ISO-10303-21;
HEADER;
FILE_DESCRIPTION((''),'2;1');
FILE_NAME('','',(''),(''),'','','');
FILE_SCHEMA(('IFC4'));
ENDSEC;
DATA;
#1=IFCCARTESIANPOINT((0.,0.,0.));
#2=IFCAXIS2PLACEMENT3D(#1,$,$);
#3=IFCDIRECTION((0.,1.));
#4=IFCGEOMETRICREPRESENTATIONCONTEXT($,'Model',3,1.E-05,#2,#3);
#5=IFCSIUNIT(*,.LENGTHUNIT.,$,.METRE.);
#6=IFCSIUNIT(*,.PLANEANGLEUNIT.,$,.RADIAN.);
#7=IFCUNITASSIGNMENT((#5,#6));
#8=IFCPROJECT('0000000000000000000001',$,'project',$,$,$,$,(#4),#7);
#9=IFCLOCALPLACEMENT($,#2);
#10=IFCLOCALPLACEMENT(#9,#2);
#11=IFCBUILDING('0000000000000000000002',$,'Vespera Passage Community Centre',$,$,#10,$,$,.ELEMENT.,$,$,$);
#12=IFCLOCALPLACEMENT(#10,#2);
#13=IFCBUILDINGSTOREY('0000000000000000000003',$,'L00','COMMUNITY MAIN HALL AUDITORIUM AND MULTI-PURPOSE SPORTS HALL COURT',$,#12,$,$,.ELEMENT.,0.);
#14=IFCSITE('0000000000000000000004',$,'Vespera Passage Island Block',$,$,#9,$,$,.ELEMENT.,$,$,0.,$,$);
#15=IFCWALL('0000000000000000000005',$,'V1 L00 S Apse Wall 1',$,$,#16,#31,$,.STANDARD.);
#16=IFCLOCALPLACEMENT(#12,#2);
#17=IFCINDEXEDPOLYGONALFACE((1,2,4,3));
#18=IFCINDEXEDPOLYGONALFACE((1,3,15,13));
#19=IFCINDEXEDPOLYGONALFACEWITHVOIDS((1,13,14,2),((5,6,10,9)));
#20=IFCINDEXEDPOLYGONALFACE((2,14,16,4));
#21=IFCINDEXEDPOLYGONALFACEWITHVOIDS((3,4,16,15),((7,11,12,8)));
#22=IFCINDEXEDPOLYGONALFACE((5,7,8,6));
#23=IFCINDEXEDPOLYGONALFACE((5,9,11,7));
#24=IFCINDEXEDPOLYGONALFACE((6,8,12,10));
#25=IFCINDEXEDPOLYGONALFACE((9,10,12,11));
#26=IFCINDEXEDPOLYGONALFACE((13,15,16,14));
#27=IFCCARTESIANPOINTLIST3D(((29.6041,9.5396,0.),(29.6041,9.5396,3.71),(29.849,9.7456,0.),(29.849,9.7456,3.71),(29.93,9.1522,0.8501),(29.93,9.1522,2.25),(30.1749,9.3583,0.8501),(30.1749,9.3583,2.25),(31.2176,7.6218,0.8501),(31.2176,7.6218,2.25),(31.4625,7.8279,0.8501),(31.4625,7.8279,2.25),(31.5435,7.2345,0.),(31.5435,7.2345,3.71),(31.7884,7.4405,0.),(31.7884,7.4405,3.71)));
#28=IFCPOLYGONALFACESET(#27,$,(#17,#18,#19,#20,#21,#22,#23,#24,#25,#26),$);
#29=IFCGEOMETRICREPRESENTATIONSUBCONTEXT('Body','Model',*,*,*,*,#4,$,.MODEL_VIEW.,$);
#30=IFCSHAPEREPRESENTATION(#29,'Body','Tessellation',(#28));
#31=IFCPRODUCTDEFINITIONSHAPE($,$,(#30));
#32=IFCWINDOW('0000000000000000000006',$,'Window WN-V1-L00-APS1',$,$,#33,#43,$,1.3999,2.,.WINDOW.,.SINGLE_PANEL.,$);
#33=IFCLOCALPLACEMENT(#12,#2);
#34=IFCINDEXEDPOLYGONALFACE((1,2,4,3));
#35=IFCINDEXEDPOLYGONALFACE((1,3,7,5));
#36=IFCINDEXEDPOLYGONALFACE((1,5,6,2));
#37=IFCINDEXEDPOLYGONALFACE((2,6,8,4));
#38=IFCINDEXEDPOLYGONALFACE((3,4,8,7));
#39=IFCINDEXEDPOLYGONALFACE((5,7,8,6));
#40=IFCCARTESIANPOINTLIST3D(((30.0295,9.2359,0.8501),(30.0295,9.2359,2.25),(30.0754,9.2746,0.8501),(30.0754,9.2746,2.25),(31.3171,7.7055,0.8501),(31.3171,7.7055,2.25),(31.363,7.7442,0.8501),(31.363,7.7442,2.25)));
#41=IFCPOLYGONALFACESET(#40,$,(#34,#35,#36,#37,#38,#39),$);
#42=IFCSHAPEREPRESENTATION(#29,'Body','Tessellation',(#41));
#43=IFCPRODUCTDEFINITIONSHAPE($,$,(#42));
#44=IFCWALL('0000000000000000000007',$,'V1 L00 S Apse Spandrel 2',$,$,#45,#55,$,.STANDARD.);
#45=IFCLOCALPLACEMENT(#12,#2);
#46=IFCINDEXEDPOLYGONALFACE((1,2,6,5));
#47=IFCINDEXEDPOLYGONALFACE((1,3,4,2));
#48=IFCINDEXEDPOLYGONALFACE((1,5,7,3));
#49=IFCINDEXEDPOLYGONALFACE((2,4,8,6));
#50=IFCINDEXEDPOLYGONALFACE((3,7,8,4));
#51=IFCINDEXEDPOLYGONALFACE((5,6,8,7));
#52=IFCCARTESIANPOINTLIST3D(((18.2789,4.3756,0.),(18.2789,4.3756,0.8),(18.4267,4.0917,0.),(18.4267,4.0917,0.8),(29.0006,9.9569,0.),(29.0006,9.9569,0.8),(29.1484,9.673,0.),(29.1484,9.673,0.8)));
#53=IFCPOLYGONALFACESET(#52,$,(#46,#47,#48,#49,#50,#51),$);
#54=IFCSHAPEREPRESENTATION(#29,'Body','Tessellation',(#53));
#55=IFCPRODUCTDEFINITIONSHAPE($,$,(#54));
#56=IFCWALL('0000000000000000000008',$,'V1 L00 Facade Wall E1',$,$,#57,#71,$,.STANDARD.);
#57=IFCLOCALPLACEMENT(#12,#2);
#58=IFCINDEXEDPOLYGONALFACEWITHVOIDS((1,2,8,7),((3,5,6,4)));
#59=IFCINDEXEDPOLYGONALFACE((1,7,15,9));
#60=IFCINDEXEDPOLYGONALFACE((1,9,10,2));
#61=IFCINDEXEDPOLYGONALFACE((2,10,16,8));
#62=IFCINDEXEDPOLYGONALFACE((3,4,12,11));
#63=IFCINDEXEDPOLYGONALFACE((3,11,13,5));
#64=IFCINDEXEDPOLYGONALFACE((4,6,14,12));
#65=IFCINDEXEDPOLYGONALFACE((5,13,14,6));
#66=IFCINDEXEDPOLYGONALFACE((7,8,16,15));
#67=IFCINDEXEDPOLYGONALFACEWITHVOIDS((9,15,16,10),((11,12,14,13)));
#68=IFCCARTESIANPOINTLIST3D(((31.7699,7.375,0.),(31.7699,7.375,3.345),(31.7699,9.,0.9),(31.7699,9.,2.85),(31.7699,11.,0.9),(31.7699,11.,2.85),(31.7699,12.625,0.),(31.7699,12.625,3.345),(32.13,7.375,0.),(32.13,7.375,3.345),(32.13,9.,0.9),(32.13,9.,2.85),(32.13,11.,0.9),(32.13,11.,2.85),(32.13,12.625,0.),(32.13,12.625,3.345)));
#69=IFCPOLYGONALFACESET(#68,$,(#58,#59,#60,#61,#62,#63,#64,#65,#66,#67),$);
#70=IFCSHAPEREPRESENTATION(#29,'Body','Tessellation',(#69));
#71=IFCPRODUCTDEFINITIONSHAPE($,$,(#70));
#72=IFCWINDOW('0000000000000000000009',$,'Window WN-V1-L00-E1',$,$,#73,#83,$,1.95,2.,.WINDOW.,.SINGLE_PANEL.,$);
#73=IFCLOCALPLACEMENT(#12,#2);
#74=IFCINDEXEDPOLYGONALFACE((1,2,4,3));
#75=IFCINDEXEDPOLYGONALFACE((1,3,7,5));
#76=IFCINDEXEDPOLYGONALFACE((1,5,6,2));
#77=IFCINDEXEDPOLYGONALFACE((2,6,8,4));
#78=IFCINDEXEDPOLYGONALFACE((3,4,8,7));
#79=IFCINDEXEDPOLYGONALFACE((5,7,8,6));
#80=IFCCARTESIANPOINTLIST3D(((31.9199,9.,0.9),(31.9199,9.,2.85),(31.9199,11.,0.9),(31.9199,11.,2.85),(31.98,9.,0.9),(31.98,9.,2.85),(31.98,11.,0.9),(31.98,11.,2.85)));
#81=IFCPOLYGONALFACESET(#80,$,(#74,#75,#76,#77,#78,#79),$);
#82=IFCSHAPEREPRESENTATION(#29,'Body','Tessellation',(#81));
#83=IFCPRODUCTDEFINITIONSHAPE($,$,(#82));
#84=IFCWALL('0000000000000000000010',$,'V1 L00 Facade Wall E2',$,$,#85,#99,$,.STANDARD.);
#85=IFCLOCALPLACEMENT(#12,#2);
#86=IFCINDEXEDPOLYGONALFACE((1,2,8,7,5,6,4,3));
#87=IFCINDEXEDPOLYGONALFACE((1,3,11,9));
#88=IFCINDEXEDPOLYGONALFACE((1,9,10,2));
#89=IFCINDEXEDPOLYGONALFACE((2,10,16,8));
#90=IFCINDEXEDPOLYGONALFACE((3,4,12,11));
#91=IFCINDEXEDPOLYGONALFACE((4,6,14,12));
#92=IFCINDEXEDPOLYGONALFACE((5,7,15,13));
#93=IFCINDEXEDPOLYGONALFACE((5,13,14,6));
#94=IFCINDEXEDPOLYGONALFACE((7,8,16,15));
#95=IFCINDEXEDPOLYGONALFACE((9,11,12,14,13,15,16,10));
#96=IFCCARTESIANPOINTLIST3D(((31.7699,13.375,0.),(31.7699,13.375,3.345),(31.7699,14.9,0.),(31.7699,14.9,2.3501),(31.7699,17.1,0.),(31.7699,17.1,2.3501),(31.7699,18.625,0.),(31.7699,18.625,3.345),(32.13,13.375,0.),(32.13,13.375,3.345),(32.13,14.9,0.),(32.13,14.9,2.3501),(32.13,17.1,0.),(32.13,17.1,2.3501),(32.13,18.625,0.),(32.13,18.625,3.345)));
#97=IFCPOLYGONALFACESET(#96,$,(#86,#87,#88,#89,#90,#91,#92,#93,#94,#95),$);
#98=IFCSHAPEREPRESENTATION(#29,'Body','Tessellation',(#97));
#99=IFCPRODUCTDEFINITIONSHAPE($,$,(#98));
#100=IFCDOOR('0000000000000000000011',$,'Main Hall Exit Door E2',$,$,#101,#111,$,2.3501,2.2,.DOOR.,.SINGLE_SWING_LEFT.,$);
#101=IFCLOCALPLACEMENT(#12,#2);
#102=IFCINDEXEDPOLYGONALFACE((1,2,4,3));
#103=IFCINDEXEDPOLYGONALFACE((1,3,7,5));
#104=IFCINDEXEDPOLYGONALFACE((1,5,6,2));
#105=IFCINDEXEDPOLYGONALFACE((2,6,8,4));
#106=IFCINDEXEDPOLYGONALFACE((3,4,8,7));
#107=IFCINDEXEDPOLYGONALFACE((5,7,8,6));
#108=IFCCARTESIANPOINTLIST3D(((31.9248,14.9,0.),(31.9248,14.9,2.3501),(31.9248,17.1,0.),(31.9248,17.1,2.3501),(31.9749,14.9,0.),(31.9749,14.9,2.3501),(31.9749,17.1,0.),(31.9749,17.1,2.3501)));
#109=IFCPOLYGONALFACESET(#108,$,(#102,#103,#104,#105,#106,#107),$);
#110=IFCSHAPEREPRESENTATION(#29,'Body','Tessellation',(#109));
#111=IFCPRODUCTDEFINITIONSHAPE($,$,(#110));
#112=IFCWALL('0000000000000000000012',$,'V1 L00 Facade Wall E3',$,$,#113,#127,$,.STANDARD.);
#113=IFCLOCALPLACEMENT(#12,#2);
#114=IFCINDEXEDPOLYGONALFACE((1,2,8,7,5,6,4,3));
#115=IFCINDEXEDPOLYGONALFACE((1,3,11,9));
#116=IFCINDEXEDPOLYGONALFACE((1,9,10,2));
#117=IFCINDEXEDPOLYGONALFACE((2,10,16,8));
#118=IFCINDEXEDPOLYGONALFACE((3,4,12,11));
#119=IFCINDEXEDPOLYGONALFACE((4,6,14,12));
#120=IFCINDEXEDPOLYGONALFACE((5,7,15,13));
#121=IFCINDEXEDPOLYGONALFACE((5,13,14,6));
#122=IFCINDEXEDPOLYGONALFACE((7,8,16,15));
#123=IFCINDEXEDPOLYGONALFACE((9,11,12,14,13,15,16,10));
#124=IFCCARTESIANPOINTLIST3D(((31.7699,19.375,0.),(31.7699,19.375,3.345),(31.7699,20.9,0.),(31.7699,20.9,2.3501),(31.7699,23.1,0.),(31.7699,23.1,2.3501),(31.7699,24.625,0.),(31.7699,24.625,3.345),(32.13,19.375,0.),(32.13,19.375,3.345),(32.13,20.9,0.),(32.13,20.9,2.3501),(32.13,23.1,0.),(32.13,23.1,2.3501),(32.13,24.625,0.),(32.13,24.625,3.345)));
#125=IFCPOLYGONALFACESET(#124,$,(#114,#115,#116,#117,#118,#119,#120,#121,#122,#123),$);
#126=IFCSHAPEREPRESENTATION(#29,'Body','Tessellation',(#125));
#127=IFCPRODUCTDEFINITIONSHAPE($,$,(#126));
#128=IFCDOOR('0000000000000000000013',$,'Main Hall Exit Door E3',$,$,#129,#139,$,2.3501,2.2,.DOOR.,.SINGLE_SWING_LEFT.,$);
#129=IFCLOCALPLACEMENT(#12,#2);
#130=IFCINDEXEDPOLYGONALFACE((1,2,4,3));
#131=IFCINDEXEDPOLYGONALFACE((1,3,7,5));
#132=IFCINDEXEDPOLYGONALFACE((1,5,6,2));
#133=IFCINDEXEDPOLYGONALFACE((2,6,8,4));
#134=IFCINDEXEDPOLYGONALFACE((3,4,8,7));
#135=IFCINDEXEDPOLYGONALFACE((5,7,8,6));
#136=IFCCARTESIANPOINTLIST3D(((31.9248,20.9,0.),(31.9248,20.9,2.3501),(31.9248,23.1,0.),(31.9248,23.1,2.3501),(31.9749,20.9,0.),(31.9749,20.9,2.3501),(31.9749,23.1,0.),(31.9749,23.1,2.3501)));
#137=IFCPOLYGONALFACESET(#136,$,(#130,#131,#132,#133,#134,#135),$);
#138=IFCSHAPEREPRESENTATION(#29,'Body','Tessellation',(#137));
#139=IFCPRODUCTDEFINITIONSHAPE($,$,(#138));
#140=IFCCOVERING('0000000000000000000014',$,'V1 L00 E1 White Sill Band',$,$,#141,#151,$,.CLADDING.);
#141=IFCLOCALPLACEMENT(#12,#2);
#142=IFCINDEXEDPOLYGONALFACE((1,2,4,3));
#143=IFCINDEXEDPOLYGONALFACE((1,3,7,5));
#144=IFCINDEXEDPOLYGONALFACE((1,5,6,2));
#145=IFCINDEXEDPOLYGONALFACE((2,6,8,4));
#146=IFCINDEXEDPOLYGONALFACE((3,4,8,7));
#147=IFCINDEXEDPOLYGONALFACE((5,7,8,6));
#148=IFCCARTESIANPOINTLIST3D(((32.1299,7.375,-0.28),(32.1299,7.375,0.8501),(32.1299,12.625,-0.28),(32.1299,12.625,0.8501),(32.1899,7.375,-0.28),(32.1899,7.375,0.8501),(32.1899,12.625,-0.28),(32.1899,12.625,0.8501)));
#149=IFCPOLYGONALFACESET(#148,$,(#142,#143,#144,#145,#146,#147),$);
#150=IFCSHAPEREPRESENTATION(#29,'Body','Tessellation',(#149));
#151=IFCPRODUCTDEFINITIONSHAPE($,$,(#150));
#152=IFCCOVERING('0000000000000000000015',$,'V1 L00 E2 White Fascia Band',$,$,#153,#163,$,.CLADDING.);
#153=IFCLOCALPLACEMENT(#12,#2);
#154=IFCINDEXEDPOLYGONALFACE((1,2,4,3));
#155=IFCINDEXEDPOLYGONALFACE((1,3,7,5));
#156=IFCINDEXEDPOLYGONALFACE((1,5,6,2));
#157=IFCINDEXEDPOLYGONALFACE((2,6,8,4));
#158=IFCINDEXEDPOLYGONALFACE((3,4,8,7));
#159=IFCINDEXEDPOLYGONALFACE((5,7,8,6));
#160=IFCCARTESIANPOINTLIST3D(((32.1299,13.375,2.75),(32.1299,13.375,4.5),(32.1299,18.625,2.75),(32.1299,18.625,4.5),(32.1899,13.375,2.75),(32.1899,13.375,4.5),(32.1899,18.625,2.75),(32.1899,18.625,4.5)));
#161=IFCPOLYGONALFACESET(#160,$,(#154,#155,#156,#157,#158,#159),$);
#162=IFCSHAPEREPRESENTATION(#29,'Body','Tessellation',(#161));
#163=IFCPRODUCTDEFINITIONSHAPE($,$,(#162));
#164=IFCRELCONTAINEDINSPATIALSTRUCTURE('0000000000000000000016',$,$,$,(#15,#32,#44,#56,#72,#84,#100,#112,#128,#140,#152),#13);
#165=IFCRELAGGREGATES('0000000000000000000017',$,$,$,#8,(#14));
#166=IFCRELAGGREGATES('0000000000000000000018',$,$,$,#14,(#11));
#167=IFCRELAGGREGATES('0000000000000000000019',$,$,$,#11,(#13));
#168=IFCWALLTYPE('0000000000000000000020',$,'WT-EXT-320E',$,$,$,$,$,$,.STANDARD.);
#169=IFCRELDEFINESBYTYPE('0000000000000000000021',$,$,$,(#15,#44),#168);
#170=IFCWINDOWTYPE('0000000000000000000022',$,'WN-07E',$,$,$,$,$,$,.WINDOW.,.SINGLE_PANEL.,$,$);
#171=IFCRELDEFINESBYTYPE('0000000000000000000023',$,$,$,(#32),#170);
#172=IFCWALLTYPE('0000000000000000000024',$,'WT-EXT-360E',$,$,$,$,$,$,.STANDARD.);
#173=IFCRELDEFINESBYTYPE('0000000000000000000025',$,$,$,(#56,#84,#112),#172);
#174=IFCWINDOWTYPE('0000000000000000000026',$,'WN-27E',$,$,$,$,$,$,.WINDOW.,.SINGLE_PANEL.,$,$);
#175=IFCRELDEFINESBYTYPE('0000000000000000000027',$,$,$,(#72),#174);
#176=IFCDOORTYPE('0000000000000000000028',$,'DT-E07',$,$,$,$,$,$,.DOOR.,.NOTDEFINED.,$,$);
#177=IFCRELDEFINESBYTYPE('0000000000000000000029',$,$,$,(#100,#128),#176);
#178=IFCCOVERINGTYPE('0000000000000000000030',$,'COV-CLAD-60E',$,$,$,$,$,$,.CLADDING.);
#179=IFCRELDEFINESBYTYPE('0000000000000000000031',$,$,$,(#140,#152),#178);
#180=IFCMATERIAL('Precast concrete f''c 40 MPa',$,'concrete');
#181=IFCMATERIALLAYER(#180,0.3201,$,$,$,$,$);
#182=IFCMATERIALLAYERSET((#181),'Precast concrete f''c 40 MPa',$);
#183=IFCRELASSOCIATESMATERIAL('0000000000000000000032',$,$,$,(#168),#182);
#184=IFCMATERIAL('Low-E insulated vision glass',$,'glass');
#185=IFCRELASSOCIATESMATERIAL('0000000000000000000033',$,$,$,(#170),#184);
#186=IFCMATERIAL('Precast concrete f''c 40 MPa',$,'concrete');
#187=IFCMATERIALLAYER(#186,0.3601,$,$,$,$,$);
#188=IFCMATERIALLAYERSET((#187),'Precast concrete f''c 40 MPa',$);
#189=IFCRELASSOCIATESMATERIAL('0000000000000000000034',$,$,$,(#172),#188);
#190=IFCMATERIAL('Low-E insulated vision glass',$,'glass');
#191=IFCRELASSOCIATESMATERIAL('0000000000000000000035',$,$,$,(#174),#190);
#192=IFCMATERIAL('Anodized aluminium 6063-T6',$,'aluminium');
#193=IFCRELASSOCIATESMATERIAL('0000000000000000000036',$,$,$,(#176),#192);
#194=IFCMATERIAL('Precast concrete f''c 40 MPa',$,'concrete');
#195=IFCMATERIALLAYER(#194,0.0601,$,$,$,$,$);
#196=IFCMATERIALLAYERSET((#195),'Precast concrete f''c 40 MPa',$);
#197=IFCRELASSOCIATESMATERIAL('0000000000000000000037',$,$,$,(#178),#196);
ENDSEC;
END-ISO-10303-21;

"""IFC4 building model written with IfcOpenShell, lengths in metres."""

from ifc_helpers import new_model, si_unit, direction, frame, frame_2d, origin, place, context, subcontext, project, spatial, rectangle, extrude, material, layer, layer_set, type_object, element, fill, save


model = new_model("IFC4")

# Units and contexts
model_context = context("Model", 3, precision=1e-05, world=origin(), true_north=direction((0.0, 1.0)))
body_context = subcontext(model_context, "Body", "Model", "MODEL_VIEW")
ifc_project = project(units=[si_unit("LENGTHUNIT", "METRE"), si_unit("PLANEANGLEUNIT", "RADIAN")], contexts=[model_context])

# Site, building, storey
site_placement = place(None, origin())
site = spatial("IfcSite", under=ifc_project, at=site_placement, Name="Vespera Passage Island Block", CompositionType="ELEMENT", RefElevation=0.0)
building_placement = place(site_placement, origin())
building = spatial("IfcBuilding", under=site, at=building_placement, Name="Vespera Passage Community Centre", CompositionType="ELEMENT")
storey_placement = place(building_placement, origin())
storey = spatial("IfcBuildingStorey", under=building, at=storey_placement, Name="L00", Description="COMMUNITY MAIN HALL AUDITORIUM AND MULTI-PURPOSE SPORTS HALL COURT", CompositionType="ELEMENT", Elevation=0.0)

# Wall, opening, window
ifc_material_1 = material(Name="Precast concrete f'c 40 MPa", Category="concrete")
ifc_layer_1 = layer(ifc_material_1, 0.3201)
ifc_layer_set_1 = layer_set([ifc_layer_1], Name="Precast concrete f'c 40 MPa")
wall_type_1 = type_object("IfcWallType", Name="WT-EXT-320E", PredefinedType="STANDARD", material=ifc_layer_set_1)
wall_1_placement = place(storey_placement, frame((31.666, 7.3374, 0.0), z_axis=(0.0, 0.0, 1.0), x_axis=(-0.643796, 0.765197, 0.0)))
wall_1 = element("IfcWall", 1, at=wall_1_placement, inside=storey, type_object=wall_type_1, Name="V1 L00 S Apse Wall 1", PredefinedType="STANDARD", context=body_context, shape_type="SweptSolid", body=[
    extrude(rectangle(XDim=3.0125, YDim=0.3201, at=frame_2d((1.5063, 0.0))), origin(), (0.0, 0.0, 1.0), 3.71),
])
opening_1_placement = place(wall_1_placement, frame((0.5063, 0.0, 0.8501)))
opening_1 = element("IfcOpeningElement", 2, at=opening_1_placement, cuts=wall_1, PredefinedType="OPENING", context=body_context, shape_type="SweptSolid", body=[
    extrude(rectangle(XDim=2.0, YDim=1.3999, at=frame_2d((1.0, 0.7))), frame((0.0, 0.1702, 0.0), z_axis=(0.0, -1.0, 0.0), x_axis=(1.0, 0.0, 0.0)), (0.0, 0.0, 1.0), 0.3401),
])
ifc_material_2 = material(Name="Low-E insulated vision glass", Category="glass")
window_type_1 = type_object("IfcWindowType", Name="WN-07E", PartitioningType="SINGLE_PANEL", PredefinedType="WINDOW", material=ifc_material_2)
window_1_placement = place(opening_1_placement, origin())
window_1 = element("IfcWindow", 3, at=window_1_placement, inside=storey, type_object=window_type_1, Name="Window WN-V1-L00-APS1", OverallHeight=1.3999, OverallWidth=2.0, PartitioningType="SINGLE_PANEL", PredefinedType="WINDOW", context=body_context, shape_type="SweptSolid", body=[
    extrude(rectangle(XDim=2.0, YDim=1.3999, at=frame_2d((1.0, 0.7))), frame((0.0, 0.03, 0.0), z_axis=(0.0, -1.0, 0.0), x_axis=(1.0, 0.0, 0.0)), (0.0, 0.0, 1.0), 0.0601),
])
fill(opening_1, window_1)

# Wall
wall_2_placement = place(storey_placement, frame((29.0745, 9.8149, 0.0), z_axis=(0.0, 0.0, 1.0), x_axis=(-0.887013, -0.461745, 0.0)))
element("IfcWall", 4, at=wall_2_placement, inside=storey, type_object=wall_type_1, Name="V1 L00 S Apse Spandrel 2", PredefinedType="STANDARD", context=body_context, shape_type="SweptSolid", body=[
    extrude(rectangle(XDim=12.0874, YDim=0.3201, at=frame_2d((6.0437, 0.0))), origin(), (0.0, 0.0, 1.0), 0.8),
])

# Wall, opening, window
ifc_material_3 = material(Name="Precast concrete f'c 40 MPa", Category="concrete")
ifc_layer_2 = layer(ifc_material_3, 0.3601)
ifc_layer_set_2 = layer_set([ifc_layer_2], Name="Precast concrete f'c 40 MPa")
wall_type_2 = type_object("IfcWallType", Name="WT-EXT-360E", PredefinedType="STANDARD", material=ifc_layer_set_2)
wall_3_placement = place(storey_placement, frame((31.95, 12.625, 0.0), z_axis=(0.0, 0.0, 1.0), x_axis=(0.0, -1.0, 0.0)))
wall_3 = element("IfcWall", 5, at=wall_3_placement, inside=storey, type_object=wall_type_2, Name="V1 L00 Facade Wall E1", PredefinedType="STANDARD", context=body_context, shape_type="SweptSolid", body=[
    extrude(rectangle(XDim=5.25, YDim=0.3601, at=frame_2d((2.625, 0.0))), origin(), (0.0, 0.0, 1.0), 3.345),
])
opening_2_placement = place(wall_3_placement, frame((1.625, 0.0, 0.8999)))
opening_2 = element("IfcOpeningElement", 6, at=opening_2_placement, cuts=wall_3, PredefinedType="OPENING", context=body_context, shape_type="SweptSolid", body=[
    extrude(rectangle(XDim=2.0, YDim=1.95, at=frame_2d((1.0, 0.9751))), frame((0.0, 0.1902, 0.0), z_axis=(0.0, -1.0, 0.0), x_axis=(1.0, 0.0, 0.0)), (0.0, 0.0, 1.0), 0.3801),
])
ifc_material_4 = material(Name="Low-E insulated vision glass", Category="glass")
window_type_2 = type_object("IfcWindowType", Name="WN-27E", PartitioningType="SINGLE_PANEL", PredefinedType="WINDOW", material=ifc_material_4)
window_2_placement = place(opening_2_placement, origin())
window_2 = element("IfcWindow", 7, at=window_2_placement, inside=storey, type_object=window_type_2, Name="Window WN-V1-L00-E1", OverallHeight=1.95, OverallWidth=2.0, PartitioningType="SINGLE_PANEL", PredefinedType="WINDOW", context=body_context, shape_type="SweptSolid", body=[
    extrude(rectangle(XDim=2.0, YDim=1.95, at=frame_2d((1.0, 0.9751))), frame((0.0, 0.03, 0.0), z_axis=(0.0, -1.0, 0.0), x_axis=(1.0, 0.0, 0.0)), (0.0, 0.0, 1.0), 0.0601),
])
fill(opening_2, window_2)

# Walls, openings, doors
wall_4_placement = place(storey_placement, frame((31.95, 18.625, 0.0), z_axis=(0.0, 0.0, 1.0), x_axis=(0.0, -1.0, 0.0)))
wall_4 = element("IfcWall", 8, at=wall_4_placement, inside=storey, type_object=wall_type_2, Name="V1 L00 Facade Wall E2", PredefinedType="STANDARD", context=body_context, shape_type="SweptSolid", body=[
    extrude(rectangle(XDim=5.25, YDim=0.3601, at=frame_2d((2.625, 0.0))), origin(), (0.0, 0.0, 1.0), 3.345),
])
opening_3_placement = place(wall_4_placement, frame((1.5249, 0.0, 0.0)))
opening_3 = element("IfcOpeningElement", 9, at=opening_3_placement, cuts=wall_4, PredefinedType="OPENING", context=body_context, shape_type="SweptSolid", body=[
    extrude(rectangle(XDim=2.2, YDim=2.3501, at=frame_2d((1.1001, 1.175))), frame((0.0, 0.1902, 0.0), z_axis=(0.0, -1.0, 0.0), x_axis=(1.0, 0.0, 0.0)), (0.0, 0.0, 1.0), 0.3801),
])
ifc_material_5 = material(Name="Anodized aluminium 6063-T6", Category="aluminium")
door_type = type_object("IfcDoorType", Name="DT-E07", OperationType="NOTDEFINED", PredefinedType="DOOR", material=ifc_material_5)
door_1_placement = place(opening_3_placement, origin())
door_1 = element("IfcDoor", 10, at=door_1_placement, inside=storey, type_object=door_type, Name="Main Hall Exit Door E2", OperationType="SINGLE_SWING_LEFT", OverallHeight=2.3501, OverallWidth=2.2, PredefinedType="DOOR", context=body_context, shape_type="SweptSolid", body=[
    extrude(rectangle(XDim=2.2, YDim=2.3501, at=frame_2d((1.1001, 1.175))), frame((0.0, 0.0249, 0.0), z_axis=(0.0, -1.0, 0.0), x_axis=(1.0, 0.0, 0.0)), (0.0, 0.0, 1.0), 0.05),
])
fill(opening_3, door_1)
wall_5_placement = place(storey_placement, frame((31.95, 24.625, 0.0), z_axis=(0.0, 0.0, 1.0), x_axis=(0.0, -1.0, 0.0)))
wall_5 = element("IfcWall", 11, at=wall_5_placement, inside=storey, type_object=wall_type_2, Name="V1 L00 Facade Wall E3", PredefinedType="STANDARD", context=body_context, shape_type="SweptSolid", body=[
    extrude(rectangle(XDim=5.25, YDim=0.3601, at=frame_2d((2.625, 0.0))), origin(), (0.0, 0.0, 1.0), 3.345),
])
opening_4_placement = place(wall_5_placement, frame((1.5249, 0.0, 0.0)))
opening_4 = element("IfcOpeningElement", 12, at=opening_4_placement, cuts=wall_5, PredefinedType="OPENING", context=body_context, shape_type="SweptSolid", body=[
    extrude(rectangle(XDim=2.2, YDim=2.3501, at=frame_2d((1.1001, 1.175))), frame((0.0, 0.1902, 0.0), z_axis=(0.0, -1.0, 0.0), x_axis=(1.0, 0.0, 0.0)), (0.0, 0.0, 1.0), 0.3801),
])
door_2_placement = place(opening_4_placement, origin())
door_2 = element("IfcDoor", 13, at=door_2_placement, inside=storey, type_object=door_type, Name="Main Hall Exit Door E3", OperationType="SINGLE_SWING_LEFT", OverallHeight=2.3501, OverallWidth=2.2, PredefinedType="DOOR", context=body_context, shape_type="SweptSolid", body=[
    extrude(rectangle(XDim=2.2, YDim=2.3501, at=frame_2d((1.1001, 1.175))), frame((0.0, 0.0249, 0.0), z_axis=(0.0, -1.0, 0.0), x_axis=(1.0, 0.0, 0.0)), (0.0, 0.0, 1.0), 0.05),
])
fill(opening_4, door_2)

# Coverings
ifc_material_6 = material(Name="Precast concrete f'c 40 MPa", Category="concrete")
ifc_layer_3 = layer(ifc_material_6, 0.0601)
ifc_layer_set_3 = layer_set([ifc_layer_3], Name="Precast concrete f'c 40 MPa")
covering_type = type_object("IfcCoveringType", Name="COV-CLAD-60E", PredefinedType="CLADDING", material=ifc_layer_set_3)
covering_1_placement = place(storey_placement, frame((32.1599, 12.625, -0.28), z_axis=(0.0, 0.0, 1.0), x_axis=(0.0, -1.0, 0.0)))
element("IfcCovering", 14, at=covering_1_placement, inside=storey, type_object=covering_type, Name="V1 L00 E1 White Sill Band", PredefinedType="CLADDING", context=body_context, shape_type="SweptSolid", body=[
    extrude(rectangle(XDim=5.25, YDim=0.0601, at=frame_2d((2.625, 0.0))), origin(), (0.0, 0.0, 1.0), 1.1301),
])
for number, where, z_axis, x_axis, name in (
    (15, (32.1599, 18.625, 2.75), (0.0, 0.0, 1.0), (0.0, -1.0, 0.0), "V1 L00 E2 White Fascia Band"),
):
    element("IfcCovering", number, at=place(storey_placement, frame(where, z_axis=z_axis, x_axis=x_axis)), inside=storey, type_object=covering_type, Name=name, PredefinedType="CLADDING", context=body_context, shape_type="SweptSolid", body=[
        extrude(rectangle(XDim=5.25, YDim=0.0601, at=frame_2d((2.625, 0.0))), origin(), (0.0, 0.0, 1.0), 1.75),
    ])

save(model, "model.ifc")
